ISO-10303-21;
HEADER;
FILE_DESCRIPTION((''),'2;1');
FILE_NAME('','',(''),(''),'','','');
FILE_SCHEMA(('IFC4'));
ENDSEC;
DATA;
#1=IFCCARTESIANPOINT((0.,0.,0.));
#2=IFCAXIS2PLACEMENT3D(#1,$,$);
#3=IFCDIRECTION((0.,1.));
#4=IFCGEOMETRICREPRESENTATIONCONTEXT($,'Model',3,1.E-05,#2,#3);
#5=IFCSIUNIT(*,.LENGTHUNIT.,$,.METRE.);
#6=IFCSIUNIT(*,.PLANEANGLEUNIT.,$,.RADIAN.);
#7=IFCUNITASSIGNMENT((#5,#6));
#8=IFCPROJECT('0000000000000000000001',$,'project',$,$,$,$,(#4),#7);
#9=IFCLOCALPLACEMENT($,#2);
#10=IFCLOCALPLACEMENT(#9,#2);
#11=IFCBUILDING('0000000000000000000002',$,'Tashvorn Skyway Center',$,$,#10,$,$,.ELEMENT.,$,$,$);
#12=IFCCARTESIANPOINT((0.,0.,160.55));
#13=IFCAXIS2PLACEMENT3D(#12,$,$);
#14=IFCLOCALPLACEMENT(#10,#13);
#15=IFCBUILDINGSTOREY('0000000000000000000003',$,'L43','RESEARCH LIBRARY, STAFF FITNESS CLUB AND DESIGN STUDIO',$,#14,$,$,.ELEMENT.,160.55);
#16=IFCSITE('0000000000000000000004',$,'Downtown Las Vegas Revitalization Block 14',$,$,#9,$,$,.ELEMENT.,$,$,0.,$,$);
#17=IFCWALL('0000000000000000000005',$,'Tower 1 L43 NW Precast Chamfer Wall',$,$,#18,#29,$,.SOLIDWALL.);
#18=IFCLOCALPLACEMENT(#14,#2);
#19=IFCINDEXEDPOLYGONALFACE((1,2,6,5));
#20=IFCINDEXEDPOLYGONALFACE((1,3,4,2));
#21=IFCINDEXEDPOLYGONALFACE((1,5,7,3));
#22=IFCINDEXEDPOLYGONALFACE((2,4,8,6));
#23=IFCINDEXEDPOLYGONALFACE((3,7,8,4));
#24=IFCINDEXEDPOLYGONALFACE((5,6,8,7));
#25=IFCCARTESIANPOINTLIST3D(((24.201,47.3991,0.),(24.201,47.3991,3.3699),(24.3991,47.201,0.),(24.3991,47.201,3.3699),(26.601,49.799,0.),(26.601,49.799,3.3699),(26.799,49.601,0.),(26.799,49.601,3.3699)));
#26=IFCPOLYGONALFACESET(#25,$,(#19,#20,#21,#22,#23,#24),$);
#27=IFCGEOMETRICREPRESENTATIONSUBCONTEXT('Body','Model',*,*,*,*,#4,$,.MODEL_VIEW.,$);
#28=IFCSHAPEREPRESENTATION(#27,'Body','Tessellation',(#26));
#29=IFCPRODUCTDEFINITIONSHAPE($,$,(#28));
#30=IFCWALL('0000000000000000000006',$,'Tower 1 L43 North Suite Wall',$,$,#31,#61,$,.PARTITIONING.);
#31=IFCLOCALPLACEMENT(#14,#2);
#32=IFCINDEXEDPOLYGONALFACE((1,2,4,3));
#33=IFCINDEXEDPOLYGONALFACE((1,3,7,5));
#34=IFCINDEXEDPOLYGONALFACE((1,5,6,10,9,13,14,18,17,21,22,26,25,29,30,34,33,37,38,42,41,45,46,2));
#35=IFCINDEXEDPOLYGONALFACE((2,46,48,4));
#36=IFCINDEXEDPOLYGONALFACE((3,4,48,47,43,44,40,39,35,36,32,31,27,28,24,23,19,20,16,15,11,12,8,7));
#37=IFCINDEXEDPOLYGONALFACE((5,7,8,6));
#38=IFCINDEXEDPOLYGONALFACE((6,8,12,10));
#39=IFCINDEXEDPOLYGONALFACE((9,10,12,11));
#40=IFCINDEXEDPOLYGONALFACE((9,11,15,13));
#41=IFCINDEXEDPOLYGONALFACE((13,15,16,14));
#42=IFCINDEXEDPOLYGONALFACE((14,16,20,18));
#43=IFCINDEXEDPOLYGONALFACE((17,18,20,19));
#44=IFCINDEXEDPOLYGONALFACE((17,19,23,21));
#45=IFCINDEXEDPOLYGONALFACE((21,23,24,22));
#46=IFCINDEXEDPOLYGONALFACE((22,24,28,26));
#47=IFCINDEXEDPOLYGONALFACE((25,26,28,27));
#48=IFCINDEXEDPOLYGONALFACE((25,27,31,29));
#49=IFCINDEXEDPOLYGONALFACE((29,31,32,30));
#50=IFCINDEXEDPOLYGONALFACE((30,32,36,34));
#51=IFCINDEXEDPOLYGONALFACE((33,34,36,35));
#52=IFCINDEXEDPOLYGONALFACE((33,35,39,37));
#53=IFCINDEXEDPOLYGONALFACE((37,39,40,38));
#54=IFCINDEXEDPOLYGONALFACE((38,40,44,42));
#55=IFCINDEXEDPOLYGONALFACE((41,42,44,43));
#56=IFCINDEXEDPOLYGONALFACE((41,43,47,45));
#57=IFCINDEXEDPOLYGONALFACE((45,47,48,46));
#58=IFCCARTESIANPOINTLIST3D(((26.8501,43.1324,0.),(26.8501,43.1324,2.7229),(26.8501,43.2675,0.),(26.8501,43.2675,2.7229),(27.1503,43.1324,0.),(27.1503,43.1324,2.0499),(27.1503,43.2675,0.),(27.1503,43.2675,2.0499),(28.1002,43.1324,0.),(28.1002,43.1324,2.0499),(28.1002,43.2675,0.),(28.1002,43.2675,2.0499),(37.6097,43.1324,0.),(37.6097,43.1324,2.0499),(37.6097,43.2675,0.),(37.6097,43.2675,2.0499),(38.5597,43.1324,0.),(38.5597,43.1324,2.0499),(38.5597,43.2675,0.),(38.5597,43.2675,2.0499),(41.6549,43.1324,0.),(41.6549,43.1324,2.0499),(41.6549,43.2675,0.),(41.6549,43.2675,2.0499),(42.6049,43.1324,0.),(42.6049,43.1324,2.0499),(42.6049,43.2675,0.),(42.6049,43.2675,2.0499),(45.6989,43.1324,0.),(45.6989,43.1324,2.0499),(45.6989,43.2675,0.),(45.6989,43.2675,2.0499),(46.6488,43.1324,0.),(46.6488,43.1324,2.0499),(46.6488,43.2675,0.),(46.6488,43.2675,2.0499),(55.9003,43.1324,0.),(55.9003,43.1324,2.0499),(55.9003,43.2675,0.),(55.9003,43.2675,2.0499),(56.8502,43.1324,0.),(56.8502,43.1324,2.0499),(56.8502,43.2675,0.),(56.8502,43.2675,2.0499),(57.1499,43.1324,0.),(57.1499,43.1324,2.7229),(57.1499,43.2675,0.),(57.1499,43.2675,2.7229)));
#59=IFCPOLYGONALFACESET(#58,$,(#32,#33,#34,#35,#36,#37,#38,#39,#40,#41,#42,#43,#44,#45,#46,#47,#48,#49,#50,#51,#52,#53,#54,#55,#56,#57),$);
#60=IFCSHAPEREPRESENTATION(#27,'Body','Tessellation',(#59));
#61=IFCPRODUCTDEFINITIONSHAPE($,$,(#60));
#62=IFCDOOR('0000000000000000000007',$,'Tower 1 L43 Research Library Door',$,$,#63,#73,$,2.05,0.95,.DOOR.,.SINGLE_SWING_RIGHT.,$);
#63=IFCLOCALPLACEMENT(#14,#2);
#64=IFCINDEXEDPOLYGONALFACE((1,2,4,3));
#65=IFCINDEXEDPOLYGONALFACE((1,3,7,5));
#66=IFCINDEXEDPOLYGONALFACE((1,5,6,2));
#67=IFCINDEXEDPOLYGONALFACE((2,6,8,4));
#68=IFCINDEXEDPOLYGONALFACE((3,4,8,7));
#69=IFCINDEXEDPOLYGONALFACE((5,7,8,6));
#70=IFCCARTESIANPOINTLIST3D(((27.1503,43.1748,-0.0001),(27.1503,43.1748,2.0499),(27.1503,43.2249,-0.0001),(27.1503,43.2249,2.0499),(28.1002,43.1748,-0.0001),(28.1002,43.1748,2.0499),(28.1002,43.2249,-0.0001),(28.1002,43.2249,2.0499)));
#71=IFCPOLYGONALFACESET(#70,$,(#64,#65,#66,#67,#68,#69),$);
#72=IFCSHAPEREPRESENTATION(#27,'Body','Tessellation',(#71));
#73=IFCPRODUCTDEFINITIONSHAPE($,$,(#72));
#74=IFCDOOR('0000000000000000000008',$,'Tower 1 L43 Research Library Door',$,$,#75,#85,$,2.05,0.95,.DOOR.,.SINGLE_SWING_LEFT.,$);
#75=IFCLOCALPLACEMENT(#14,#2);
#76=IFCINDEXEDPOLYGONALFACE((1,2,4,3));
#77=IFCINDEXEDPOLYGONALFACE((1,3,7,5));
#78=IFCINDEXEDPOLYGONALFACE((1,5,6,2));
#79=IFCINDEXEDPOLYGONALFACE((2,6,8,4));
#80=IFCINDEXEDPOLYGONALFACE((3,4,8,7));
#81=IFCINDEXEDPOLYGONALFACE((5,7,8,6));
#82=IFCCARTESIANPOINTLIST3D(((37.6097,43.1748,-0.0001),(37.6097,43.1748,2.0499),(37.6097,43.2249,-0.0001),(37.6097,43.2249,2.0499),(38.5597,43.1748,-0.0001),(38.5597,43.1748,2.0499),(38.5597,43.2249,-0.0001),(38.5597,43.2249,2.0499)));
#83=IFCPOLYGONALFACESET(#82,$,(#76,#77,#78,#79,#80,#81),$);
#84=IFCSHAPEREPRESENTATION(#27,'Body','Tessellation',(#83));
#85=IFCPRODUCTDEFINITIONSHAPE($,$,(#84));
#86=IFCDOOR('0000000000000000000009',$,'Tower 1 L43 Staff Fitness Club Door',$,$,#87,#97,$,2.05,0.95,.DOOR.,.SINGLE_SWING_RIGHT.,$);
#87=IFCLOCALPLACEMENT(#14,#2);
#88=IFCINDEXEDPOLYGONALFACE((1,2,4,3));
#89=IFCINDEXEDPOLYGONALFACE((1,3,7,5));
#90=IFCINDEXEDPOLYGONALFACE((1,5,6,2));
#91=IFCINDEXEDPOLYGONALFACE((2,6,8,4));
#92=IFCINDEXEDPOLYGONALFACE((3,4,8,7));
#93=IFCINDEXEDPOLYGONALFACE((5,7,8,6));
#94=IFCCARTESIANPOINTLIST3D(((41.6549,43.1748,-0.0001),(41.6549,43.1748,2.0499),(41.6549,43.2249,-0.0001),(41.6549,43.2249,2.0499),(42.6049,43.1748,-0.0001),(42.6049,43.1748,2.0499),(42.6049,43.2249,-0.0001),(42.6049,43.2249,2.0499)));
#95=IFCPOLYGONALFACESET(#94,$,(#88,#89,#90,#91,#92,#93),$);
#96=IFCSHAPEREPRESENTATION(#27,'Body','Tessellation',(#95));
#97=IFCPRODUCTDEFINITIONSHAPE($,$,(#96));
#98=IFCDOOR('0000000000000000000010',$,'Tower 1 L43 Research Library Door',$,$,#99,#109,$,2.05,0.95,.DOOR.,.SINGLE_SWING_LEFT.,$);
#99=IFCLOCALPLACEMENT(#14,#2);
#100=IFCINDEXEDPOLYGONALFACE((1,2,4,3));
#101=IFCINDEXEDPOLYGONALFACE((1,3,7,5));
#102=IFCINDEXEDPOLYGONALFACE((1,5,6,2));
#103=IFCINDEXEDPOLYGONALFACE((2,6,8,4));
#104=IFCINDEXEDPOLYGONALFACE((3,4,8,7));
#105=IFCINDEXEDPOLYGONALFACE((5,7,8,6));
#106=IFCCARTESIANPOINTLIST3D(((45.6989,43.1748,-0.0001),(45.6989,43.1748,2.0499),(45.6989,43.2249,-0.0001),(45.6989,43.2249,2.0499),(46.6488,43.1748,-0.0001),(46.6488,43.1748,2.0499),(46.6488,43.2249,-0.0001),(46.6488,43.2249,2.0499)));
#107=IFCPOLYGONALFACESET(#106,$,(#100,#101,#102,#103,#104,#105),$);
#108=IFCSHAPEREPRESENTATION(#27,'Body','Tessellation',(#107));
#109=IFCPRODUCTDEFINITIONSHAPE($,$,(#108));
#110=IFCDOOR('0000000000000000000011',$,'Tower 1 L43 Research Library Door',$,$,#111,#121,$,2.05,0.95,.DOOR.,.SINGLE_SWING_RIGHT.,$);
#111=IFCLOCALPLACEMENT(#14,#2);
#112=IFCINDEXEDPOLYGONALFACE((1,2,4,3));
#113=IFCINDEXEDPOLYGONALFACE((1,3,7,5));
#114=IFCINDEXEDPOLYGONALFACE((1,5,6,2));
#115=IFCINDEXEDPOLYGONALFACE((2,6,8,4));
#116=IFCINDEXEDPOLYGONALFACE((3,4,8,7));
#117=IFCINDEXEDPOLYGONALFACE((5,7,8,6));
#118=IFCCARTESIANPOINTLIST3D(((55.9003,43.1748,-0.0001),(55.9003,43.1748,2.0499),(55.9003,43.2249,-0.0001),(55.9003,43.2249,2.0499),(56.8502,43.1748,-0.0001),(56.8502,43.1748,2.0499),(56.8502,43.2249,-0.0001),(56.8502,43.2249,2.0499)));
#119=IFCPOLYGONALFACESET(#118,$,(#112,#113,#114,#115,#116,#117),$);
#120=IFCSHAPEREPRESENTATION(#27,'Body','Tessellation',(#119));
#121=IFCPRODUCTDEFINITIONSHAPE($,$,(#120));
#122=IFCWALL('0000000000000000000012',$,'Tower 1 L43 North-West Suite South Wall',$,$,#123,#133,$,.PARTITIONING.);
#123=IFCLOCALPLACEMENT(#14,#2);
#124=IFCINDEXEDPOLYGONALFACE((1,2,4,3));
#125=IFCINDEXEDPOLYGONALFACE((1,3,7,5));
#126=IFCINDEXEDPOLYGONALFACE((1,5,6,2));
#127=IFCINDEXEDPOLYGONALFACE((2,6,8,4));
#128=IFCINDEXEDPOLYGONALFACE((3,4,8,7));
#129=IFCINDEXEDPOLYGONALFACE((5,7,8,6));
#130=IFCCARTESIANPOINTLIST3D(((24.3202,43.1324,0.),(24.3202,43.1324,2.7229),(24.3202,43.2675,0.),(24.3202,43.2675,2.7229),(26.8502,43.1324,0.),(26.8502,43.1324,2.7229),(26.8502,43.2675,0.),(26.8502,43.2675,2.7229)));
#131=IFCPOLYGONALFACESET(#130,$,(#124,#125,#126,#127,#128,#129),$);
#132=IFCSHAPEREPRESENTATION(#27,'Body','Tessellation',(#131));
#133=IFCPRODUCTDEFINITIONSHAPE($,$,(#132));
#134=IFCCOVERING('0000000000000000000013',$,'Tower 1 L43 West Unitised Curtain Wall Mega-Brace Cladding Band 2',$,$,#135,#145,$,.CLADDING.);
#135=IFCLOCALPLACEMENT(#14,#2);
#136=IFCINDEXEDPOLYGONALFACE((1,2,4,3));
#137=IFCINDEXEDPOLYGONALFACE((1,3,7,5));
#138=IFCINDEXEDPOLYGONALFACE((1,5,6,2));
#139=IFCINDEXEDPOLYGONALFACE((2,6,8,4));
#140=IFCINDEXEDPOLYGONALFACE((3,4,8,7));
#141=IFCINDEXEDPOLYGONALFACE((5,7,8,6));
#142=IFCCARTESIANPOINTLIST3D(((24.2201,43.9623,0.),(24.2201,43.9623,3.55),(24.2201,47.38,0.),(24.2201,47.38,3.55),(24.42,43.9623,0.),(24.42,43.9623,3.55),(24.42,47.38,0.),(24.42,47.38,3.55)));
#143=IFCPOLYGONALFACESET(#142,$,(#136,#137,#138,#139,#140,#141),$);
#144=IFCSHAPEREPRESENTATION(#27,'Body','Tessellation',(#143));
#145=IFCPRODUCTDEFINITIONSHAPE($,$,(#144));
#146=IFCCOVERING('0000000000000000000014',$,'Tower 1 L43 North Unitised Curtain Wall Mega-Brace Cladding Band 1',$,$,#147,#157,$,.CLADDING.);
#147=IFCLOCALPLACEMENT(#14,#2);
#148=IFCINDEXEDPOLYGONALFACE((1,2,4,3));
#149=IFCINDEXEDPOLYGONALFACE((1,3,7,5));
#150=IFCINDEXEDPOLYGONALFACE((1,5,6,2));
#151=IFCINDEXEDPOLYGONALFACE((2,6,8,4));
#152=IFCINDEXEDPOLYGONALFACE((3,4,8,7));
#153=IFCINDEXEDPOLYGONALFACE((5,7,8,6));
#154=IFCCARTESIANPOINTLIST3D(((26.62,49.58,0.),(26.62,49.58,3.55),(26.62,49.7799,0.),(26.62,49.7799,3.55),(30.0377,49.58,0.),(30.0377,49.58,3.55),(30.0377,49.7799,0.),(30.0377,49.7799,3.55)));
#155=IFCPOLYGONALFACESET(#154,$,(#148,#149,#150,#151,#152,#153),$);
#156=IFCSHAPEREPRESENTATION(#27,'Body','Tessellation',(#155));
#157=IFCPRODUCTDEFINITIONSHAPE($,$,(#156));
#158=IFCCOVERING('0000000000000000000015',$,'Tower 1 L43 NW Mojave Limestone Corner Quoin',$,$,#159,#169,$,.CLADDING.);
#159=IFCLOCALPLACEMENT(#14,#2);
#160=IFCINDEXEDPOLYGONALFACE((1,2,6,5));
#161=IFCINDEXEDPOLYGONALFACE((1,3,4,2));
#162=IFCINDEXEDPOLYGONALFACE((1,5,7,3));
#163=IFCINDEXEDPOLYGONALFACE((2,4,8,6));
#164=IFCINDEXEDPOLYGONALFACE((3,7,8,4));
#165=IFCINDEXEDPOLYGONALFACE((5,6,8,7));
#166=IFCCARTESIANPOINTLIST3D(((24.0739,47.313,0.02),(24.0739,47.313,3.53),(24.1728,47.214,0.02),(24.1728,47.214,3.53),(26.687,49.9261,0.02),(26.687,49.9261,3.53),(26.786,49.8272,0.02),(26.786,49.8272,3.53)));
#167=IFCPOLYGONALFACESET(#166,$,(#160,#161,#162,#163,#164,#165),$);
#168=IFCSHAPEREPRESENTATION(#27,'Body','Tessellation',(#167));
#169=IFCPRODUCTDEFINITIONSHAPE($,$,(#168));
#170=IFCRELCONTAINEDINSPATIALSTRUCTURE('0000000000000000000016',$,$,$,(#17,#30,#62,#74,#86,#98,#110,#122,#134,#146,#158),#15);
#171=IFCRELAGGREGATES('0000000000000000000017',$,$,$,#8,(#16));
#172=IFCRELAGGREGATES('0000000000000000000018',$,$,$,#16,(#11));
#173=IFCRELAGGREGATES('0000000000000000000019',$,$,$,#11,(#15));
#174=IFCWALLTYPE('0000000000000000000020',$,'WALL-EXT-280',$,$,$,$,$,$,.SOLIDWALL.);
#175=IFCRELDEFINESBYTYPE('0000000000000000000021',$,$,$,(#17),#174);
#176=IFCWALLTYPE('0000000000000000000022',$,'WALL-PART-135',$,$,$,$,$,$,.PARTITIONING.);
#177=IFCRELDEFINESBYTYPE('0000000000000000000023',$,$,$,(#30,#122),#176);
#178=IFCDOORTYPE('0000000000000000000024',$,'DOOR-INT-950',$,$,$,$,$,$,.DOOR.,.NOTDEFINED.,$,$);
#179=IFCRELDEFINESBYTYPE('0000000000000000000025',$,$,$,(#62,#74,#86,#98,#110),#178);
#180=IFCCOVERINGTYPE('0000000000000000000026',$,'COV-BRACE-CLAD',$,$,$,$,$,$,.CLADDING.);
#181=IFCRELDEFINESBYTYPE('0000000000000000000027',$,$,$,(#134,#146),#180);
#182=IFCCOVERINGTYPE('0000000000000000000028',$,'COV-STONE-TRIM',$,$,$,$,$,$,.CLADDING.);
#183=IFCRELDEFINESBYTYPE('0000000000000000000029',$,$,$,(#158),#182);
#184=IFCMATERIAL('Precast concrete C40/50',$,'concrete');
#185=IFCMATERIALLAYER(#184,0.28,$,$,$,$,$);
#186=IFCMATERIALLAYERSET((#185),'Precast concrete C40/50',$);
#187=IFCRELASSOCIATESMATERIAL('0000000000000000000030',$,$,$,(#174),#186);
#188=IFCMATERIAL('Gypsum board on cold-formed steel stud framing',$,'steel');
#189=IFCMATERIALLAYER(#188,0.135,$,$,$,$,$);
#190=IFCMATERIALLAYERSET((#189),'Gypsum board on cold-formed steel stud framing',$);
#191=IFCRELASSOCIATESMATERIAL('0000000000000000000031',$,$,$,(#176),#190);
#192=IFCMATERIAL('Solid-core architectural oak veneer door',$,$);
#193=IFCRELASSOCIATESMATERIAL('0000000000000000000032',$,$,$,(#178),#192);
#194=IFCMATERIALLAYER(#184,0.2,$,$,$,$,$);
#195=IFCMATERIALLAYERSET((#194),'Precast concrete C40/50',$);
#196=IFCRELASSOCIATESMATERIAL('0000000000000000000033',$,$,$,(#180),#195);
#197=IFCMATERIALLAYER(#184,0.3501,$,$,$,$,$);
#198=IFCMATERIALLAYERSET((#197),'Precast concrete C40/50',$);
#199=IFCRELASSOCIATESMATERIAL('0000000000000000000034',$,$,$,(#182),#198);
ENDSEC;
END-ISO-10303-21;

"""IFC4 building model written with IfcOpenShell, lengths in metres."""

from ifc_helpers import new_model, si_unit, direction, frame, frame_2d, origin, origin_2d, place, context, subcontext, project, spatial, rectangle, extrude, material, layer, layer_set, type_object, element, fill, save


model = new_model("IFC4")

# Units and contexts
model_context = context("Model", 3, precision=1e-05, world=origin(), true_north=direction((0.0, 1.0)))
body_context = subcontext(model_context, "Body", "Model", "MODEL_VIEW")
ifc_project = project(units=[si_unit("LENGTHUNIT", "METRE"), si_unit("PLANEANGLEUNIT", "RADIAN")], contexts=[model_context])

# Site, building, storey
site_placement = place(None, origin())
site = spatial("IfcSite", under=ifc_project, at=site_placement, Name="Downtown Las Vegas Revitalization Block 14", CompositionType="ELEMENT", RefElevation=0.0)
building_placement = place(site_placement, origin())
building = spatial("IfcBuilding", under=site, at=building_placement, Name="Tashvorn Skyway Center", CompositionType="ELEMENT")
storey_placement = place(building_placement, frame((0.0, 0.0, 160.55)))
storey = spatial("IfcBuildingStorey", under=building, at=storey_placement, Name="L43", Description="RESEARCH LIBRARY, STAFF FITNESS CLUB AND DESIGN STUDIO", CompositionType="ELEMENT", Elevation=160.55)

# Wall
ifc_material_1 = material(Name="Precast concrete C40/50", Category="concrete")
ifc_layer_1 = layer(ifc_material_1, 0.28)
ifc_layer_set_1 = layer_set([ifc_layer_1], Name="Precast concrete C40/50")
wall_type_1 = type_object("IfcWallType", Name="WALL-EXT-280", PredefinedType="SOLIDWALL", material=ifc_layer_set_1)
wall_1_placement = place(storey_placement, frame((24.3, 47.3, 0.0), z_axis=(0.0, 0.0, 1.0), x_axis=(0.707107, 0.707107, 0.0)))
element("IfcWall", 1, at=wall_1_placement, inside=storey, type_object=wall_type_1, Name="Tower 1 L43 NW Precast Chamfer Wall", PredefinedType="SOLIDWALL", context=body_context, shape_type="SweptSolid", body=[
    extrude(rectangle(XDim=3.394, YDim=0.28, at=frame_2d((1.697, 0.0))), origin(), (0.0, 0.0, 1.0), 3.3699),
])

# Wall, openings, doors
ifc_material_2 = material(Name="Gypsum board on cold-formed steel stud framing", Category="steel")
ifc_layer_2 = layer(ifc_material_2, 0.135)
ifc_layer_set_2 = layer_set([ifc_layer_2], Name="Gypsum board on cold-formed steel stud framing")
wall_type_2 = type_object("IfcWallType", Name="WALL-PART-135", PredefinedType="PARTITIONING", material=ifc_layer_set_2)
wall_2_placement = place(storey_placement, frame((26.8501, 43.2, 0.0), z_axis=(0.0, 0.0, 1.0), x_axis=(1.0, 0.0, 0.0)))
wall_2 = element("IfcWall", 2, at=wall_2_placement, inside=storey, type_object=wall_type_2, Name="Tower 1 L43 North Suite Wall", PredefinedType="PARTITIONING", context=body_context, shape_type="SweptSolid", body=[
    extrude(rectangle(XDim=30.2998, YDim=0.135, at=frame_2d((15.1499, 0.0))), origin(), (0.0, 0.0, 1.0), 2.7229),
])
opening_1_placement = place(wall_2_placement, frame((0.3, 0.0, 0.0)))
opening_1 = element("IfcOpeningElement", 3, at=opening_1_placement, cuts=wall_2, PredefinedType="OPENING", context=body_context, shape_type="SweptSolid", body=[
    extrude(rectangle(XDim=0.95, YDim=2.05, at=frame_2d((0.4751, 1.0249))), frame((0.0, 0.0774, 0.0), z_axis=(0.0, -1.0, 0.0), x_axis=(1.0, 0.0, 0.0)), (0.0, 0.0, 1.0), 0.155),
])
opening_2_placement = place(wall_2_placement, frame((10.7595, 0.0, 0.0)))
opening_2 = element("IfcOpeningElement", 4, at=opening_2_placement, cuts=wall_2, PredefinedType="OPENING", context=body_context, shape_type="SweptSolid", body=[
    extrude(rectangle(XDim=0.95, YDim=2.05, at=frame_2d((0.4751, 1.0249))), frame((0.0, 0.0774, 0.0), z_axis=(0.0, -1.0, 0.0), x_axis=(1.0, 0.0, 0.0)), (0.0, 0.0, 1.0), 0.155),
])
opening_3_placement = place(wall_2_placement, frame((14.8047, 0.0, 0.0)))
opening_3 = element("IfcOpeningElement", 5, at=opening_3_placement, cuts=wall_2, PredefinedType="OPENING", context=body_context, shape_type="SweptSolid", body=[
    extrude(rectangle(XDim=0.95, YDim=2.05, at=frame_2d((0.4751, 1.0249))), frame((0.0, 0.0774, 0.0), z_axis=(0.0, -1.0, 0.0), x_axis=(1.0, 0.0, 0.0)), (0.0, 0.0, 1.0), 0.155),
])
opening_4_placement = place(wall_2_placement, frame((18.8486, 0.0, 0.0)))
opening_4 = element("IfcOpeningElement", 6, at=opening_4_placement, cuts=wall_2, PredefinedType="OPENING", context=body_context, shape_type="SweptSolid", body=[
    extrude(rectangle(XDim=0.95, YDim=2.05, at=frame_2d((0.4751, 1.0249))), frame((0.0, 0.0774, 0.0), z_axis=(0.0, -1.0, 0.0), x_axis=(1.0, 0.0, 0.0)), (0.0, 0.0, 1.0), 0.155),
])
opening_5_placement = place(wall_2_placement, frame((29.05, 0.0, 0.0)))
opening_5 = element("IfcOpeningElement", 7, at=opening_5_placement, cuts=wall_2, PredefinedType="OPENING", context=body_context, shape_type="SweptSolid", body=[
    extrude(rectangle(XDim=0.95, YDim=2.05, at=frame_2d((0.4751, 1.0249))), frame((0.0, 0.0774, 0.0), z_axis=(0.0, -1.0, 0.0), x_axis=(1.0, 0.0, 0.0)), (0.0, 0.0, 1.0), 0.155),
])
ifc_material_3 = material(Name="Solid-core architectural oak veneer door")
door_type = type_object("IfcDoorType", Name="DOOR-INT-950", OperationType="NOTDEFINED", PredefinedType="DOOR", material=ifc_material_3)
door_1_placement = place(opening_1_placement, origin())
door_1 = element("IfcDoor", 8, at=door_1_placement, inside=storey, type_object=door_type, Name="Tower 1 L43 Research Library Door", OperationType="SINGLE_SWING_RIGHT", OverallHeight=2.05, OverallWidth=0.95, PredefinedType="DOOR", context=body_context, shape_type="SweptSolid", body=[
    extrude(rectangle(XDim=0.95, YDim=2.05, at=frame_2d((0.4751, 1.0249))), frame((0.0, 0.0249, 0.0), z_axis=(0.0, -1.0, 0.0), x_axis=(1.0, 0.0, 0.0)), (0.0, 0.0, 1.0), 0.05),
])
fill(opening_1, door_1)
door_2_placement = place(opening_2_placement, origin())
door_2 = element("IfcDoor", 9, at=door_2_placement, inside=storey, type_object=door_type, Name="Tower 1 L43 Research Library Door", OperationType="SINGLE_SWING_LEFT", OverallHeight=2.05, OverallWidth=0.95, PredefinedType="DOOR", context=body_context, shape_type="SweptSolid", body=[
    extrude(rectangle(XDim=0.95, YDim=2.05, at=frame_2d((0.4751, 1.0249))), frame((0.0, 0.0249, 0.0), z_axis=(0.0, -1.0, 0.0), x_axis=(1.0, 0.0, 0.0)), (0.0, 0.0, 1.0), 0.05),
])
fill(opening_2, door_2)
door_3_placement = place(opening_3_placement, origin())
door_3 = element("IfcDoor", 10, at=door_3_placement, inside=storey, type_object=door_type, Name="Tower 1 L43 Staff Fitness Club Door", OperationType="SINGLE_SWING_RIGHT", OverallHeight=2.05, OverallWidth=0.95, PredefinedType="DOOR", context=body_context, shape_type="SweptSolid", body=[
    extrude(rectangle(XDim=0.95, YDim=2.05, at=frame_2d((0.4751, 1.0249))), frame((0.0, 0.0249, 0.0), z_axis=(0.0, -1.0, 0.0), x_axis=(1.0, 0.0, 0.0)), (0.0, 0.0, 1.0), 0.05),
])
fill(opening_3, door_3)
door_4_placement = place(opening_4_placement, origin())
door_4 = element("IfcDoor", 11, at=door_4_placement, inside=storey, type_object=door_type, Name="Tower 1 L43 Research Library Door", OperationType="SINGLE_SWING_LEFT", OverallHeight=2.05, OverallWidth=0.95, PredefinedType="DOOR", context=body_context, shape_type="SweptSolid", body=[
    extrude(rectangle(XDim=0.95, YDim=2.05, at=frame_2d((0.4751, 1.0249))), frame((0.0, 0.0249, 0.0), z_axis=(0.0, -1.0, 0.0), x_axis=(1.0, 0.0, 0.0)), (0.0, 0.0, 1.0), 0.05),
])
fill(opening_4, door_4)
door_5_placement = place(opening_5_placement, origin())
door_5 = element("IfcDoor", 12, at=door_5_placement, inside=storey, type_object=door_type, Name="Tower 1 L43 Research Library Door", OperationType="SINGLE_SWING_RIGHT", OverallHeight=2.05, OverallWidth=0.95, PredefinedType="DOOR", context=body_context, shape_type="SweptSolid", body=[
    extrude(rectangle(XDim=0.95, YDim=2.05, at=frame_2d((0.4751, 1.0249))), frame((0.0, 0.0249, 0.0), z_axis=(0.0, -1.0, 0.0), x_axis=(1.0, 0.0, 0.0)), (0.0, 0.0, 1.0), 0.05),
])
fill(opening_5, door_5)

# Wall
wall_3_placement = place(storey_placement, frame((24.3201, 43.2, 0.0), z_axis=(0.0, 0.0, 1.0), x_axis=(1.0, 0.0, 0.0)))
element("IfcWall", 13, at=wall_3_placement, inside=storey, type_object=wall_type_2, Name="Tower 1 L43 North-West Suite South Wall", PredefinedType="PARTITIONING", context=body_context, shape_type="SweptSolid", body=[
    extrude(rectangle(XDim=2.53, YDim=0.135, at=frame_2d((1.2651, 0.0))), origin(), (0.0, 0.0, 1.0), 2.7229),
])

# Coverings
ifc_layer_3 = layer(ifc_material_1, 0.2)
ifc_layer_set_3 = layer_set([ifc_layer_3], Name="Precast concrete C40/50")
covering_type_1 = type_object("IfcCoveringType", Name="COV-BRACE-CLAD", PredefinedType="CLADDING", material=ifc_layer_set_3)
for number, where, z_axis, x_axis, name in (
    (14, (24.3201, 45.6711, 0.0), (0.0, 0.0, 1.0), (0.0, 1.0, 0.0), "Tower 1 L43 West Unitised Curtain Wall Mega-Brace Cladding Band 2"),
    (15, (28.3289, 49.6799, 0.0), (0.0, 0.0, 1.0), (1.0, 0.0, 0.0), "Tower 1 L43 North Unitised Curtain Wall Mega-Brace Cladding Band 1"),
):
    element("IfcCovering", number, at=place(storey_placement, frame(where, z_axis=z_axis, x_axis=x_axis)), inside=storey, type_object=covering_type_1, Name=name, PredefinedType="CLADDING", context=body_context, shape_type="SweptSolid", body=[
        extrude(rectangle(XDim=3.4177, YDim=0.2, at=origin_2d()), origin(), (0.0, 0.0, 1.0), 3.55),
    ])
ifc_layer_4 = layer(ifc_material_1, 0.3501)
ifc_layer_set_4 = layer_set([ifc_layer_4], Name="Precast concrete C40/50")
covering_type_2 = type_object("IfcCoveringType", Name="COV-STONE-TRIM", PredefinedType="CLADDING", material=ifc_layer_set_4)
covering_placement = place(storey_placement, frame((25.4299, 48.5701, 0.02), z_axis=(0.0, 0.0, 1.0), x_axis=(-0.707107, -0.707107, 0.0)))
element("IfcCovering", 16, at=covering_placement, inside=storey, type_object=covering_type_2, Name="Tower 1 L43 NW Mojave Limestone Corner Quoin", PredefinedType="CLADDING", context=body_context, shape_type="SweptSolid", body=[
    extrude(rectangle(XDim=3.6956, YDim=0.1399, at=origin_2d()), origin(), (0.0, 0.0, 1.0), 3.51),
])

save(model, "model.ifc")
